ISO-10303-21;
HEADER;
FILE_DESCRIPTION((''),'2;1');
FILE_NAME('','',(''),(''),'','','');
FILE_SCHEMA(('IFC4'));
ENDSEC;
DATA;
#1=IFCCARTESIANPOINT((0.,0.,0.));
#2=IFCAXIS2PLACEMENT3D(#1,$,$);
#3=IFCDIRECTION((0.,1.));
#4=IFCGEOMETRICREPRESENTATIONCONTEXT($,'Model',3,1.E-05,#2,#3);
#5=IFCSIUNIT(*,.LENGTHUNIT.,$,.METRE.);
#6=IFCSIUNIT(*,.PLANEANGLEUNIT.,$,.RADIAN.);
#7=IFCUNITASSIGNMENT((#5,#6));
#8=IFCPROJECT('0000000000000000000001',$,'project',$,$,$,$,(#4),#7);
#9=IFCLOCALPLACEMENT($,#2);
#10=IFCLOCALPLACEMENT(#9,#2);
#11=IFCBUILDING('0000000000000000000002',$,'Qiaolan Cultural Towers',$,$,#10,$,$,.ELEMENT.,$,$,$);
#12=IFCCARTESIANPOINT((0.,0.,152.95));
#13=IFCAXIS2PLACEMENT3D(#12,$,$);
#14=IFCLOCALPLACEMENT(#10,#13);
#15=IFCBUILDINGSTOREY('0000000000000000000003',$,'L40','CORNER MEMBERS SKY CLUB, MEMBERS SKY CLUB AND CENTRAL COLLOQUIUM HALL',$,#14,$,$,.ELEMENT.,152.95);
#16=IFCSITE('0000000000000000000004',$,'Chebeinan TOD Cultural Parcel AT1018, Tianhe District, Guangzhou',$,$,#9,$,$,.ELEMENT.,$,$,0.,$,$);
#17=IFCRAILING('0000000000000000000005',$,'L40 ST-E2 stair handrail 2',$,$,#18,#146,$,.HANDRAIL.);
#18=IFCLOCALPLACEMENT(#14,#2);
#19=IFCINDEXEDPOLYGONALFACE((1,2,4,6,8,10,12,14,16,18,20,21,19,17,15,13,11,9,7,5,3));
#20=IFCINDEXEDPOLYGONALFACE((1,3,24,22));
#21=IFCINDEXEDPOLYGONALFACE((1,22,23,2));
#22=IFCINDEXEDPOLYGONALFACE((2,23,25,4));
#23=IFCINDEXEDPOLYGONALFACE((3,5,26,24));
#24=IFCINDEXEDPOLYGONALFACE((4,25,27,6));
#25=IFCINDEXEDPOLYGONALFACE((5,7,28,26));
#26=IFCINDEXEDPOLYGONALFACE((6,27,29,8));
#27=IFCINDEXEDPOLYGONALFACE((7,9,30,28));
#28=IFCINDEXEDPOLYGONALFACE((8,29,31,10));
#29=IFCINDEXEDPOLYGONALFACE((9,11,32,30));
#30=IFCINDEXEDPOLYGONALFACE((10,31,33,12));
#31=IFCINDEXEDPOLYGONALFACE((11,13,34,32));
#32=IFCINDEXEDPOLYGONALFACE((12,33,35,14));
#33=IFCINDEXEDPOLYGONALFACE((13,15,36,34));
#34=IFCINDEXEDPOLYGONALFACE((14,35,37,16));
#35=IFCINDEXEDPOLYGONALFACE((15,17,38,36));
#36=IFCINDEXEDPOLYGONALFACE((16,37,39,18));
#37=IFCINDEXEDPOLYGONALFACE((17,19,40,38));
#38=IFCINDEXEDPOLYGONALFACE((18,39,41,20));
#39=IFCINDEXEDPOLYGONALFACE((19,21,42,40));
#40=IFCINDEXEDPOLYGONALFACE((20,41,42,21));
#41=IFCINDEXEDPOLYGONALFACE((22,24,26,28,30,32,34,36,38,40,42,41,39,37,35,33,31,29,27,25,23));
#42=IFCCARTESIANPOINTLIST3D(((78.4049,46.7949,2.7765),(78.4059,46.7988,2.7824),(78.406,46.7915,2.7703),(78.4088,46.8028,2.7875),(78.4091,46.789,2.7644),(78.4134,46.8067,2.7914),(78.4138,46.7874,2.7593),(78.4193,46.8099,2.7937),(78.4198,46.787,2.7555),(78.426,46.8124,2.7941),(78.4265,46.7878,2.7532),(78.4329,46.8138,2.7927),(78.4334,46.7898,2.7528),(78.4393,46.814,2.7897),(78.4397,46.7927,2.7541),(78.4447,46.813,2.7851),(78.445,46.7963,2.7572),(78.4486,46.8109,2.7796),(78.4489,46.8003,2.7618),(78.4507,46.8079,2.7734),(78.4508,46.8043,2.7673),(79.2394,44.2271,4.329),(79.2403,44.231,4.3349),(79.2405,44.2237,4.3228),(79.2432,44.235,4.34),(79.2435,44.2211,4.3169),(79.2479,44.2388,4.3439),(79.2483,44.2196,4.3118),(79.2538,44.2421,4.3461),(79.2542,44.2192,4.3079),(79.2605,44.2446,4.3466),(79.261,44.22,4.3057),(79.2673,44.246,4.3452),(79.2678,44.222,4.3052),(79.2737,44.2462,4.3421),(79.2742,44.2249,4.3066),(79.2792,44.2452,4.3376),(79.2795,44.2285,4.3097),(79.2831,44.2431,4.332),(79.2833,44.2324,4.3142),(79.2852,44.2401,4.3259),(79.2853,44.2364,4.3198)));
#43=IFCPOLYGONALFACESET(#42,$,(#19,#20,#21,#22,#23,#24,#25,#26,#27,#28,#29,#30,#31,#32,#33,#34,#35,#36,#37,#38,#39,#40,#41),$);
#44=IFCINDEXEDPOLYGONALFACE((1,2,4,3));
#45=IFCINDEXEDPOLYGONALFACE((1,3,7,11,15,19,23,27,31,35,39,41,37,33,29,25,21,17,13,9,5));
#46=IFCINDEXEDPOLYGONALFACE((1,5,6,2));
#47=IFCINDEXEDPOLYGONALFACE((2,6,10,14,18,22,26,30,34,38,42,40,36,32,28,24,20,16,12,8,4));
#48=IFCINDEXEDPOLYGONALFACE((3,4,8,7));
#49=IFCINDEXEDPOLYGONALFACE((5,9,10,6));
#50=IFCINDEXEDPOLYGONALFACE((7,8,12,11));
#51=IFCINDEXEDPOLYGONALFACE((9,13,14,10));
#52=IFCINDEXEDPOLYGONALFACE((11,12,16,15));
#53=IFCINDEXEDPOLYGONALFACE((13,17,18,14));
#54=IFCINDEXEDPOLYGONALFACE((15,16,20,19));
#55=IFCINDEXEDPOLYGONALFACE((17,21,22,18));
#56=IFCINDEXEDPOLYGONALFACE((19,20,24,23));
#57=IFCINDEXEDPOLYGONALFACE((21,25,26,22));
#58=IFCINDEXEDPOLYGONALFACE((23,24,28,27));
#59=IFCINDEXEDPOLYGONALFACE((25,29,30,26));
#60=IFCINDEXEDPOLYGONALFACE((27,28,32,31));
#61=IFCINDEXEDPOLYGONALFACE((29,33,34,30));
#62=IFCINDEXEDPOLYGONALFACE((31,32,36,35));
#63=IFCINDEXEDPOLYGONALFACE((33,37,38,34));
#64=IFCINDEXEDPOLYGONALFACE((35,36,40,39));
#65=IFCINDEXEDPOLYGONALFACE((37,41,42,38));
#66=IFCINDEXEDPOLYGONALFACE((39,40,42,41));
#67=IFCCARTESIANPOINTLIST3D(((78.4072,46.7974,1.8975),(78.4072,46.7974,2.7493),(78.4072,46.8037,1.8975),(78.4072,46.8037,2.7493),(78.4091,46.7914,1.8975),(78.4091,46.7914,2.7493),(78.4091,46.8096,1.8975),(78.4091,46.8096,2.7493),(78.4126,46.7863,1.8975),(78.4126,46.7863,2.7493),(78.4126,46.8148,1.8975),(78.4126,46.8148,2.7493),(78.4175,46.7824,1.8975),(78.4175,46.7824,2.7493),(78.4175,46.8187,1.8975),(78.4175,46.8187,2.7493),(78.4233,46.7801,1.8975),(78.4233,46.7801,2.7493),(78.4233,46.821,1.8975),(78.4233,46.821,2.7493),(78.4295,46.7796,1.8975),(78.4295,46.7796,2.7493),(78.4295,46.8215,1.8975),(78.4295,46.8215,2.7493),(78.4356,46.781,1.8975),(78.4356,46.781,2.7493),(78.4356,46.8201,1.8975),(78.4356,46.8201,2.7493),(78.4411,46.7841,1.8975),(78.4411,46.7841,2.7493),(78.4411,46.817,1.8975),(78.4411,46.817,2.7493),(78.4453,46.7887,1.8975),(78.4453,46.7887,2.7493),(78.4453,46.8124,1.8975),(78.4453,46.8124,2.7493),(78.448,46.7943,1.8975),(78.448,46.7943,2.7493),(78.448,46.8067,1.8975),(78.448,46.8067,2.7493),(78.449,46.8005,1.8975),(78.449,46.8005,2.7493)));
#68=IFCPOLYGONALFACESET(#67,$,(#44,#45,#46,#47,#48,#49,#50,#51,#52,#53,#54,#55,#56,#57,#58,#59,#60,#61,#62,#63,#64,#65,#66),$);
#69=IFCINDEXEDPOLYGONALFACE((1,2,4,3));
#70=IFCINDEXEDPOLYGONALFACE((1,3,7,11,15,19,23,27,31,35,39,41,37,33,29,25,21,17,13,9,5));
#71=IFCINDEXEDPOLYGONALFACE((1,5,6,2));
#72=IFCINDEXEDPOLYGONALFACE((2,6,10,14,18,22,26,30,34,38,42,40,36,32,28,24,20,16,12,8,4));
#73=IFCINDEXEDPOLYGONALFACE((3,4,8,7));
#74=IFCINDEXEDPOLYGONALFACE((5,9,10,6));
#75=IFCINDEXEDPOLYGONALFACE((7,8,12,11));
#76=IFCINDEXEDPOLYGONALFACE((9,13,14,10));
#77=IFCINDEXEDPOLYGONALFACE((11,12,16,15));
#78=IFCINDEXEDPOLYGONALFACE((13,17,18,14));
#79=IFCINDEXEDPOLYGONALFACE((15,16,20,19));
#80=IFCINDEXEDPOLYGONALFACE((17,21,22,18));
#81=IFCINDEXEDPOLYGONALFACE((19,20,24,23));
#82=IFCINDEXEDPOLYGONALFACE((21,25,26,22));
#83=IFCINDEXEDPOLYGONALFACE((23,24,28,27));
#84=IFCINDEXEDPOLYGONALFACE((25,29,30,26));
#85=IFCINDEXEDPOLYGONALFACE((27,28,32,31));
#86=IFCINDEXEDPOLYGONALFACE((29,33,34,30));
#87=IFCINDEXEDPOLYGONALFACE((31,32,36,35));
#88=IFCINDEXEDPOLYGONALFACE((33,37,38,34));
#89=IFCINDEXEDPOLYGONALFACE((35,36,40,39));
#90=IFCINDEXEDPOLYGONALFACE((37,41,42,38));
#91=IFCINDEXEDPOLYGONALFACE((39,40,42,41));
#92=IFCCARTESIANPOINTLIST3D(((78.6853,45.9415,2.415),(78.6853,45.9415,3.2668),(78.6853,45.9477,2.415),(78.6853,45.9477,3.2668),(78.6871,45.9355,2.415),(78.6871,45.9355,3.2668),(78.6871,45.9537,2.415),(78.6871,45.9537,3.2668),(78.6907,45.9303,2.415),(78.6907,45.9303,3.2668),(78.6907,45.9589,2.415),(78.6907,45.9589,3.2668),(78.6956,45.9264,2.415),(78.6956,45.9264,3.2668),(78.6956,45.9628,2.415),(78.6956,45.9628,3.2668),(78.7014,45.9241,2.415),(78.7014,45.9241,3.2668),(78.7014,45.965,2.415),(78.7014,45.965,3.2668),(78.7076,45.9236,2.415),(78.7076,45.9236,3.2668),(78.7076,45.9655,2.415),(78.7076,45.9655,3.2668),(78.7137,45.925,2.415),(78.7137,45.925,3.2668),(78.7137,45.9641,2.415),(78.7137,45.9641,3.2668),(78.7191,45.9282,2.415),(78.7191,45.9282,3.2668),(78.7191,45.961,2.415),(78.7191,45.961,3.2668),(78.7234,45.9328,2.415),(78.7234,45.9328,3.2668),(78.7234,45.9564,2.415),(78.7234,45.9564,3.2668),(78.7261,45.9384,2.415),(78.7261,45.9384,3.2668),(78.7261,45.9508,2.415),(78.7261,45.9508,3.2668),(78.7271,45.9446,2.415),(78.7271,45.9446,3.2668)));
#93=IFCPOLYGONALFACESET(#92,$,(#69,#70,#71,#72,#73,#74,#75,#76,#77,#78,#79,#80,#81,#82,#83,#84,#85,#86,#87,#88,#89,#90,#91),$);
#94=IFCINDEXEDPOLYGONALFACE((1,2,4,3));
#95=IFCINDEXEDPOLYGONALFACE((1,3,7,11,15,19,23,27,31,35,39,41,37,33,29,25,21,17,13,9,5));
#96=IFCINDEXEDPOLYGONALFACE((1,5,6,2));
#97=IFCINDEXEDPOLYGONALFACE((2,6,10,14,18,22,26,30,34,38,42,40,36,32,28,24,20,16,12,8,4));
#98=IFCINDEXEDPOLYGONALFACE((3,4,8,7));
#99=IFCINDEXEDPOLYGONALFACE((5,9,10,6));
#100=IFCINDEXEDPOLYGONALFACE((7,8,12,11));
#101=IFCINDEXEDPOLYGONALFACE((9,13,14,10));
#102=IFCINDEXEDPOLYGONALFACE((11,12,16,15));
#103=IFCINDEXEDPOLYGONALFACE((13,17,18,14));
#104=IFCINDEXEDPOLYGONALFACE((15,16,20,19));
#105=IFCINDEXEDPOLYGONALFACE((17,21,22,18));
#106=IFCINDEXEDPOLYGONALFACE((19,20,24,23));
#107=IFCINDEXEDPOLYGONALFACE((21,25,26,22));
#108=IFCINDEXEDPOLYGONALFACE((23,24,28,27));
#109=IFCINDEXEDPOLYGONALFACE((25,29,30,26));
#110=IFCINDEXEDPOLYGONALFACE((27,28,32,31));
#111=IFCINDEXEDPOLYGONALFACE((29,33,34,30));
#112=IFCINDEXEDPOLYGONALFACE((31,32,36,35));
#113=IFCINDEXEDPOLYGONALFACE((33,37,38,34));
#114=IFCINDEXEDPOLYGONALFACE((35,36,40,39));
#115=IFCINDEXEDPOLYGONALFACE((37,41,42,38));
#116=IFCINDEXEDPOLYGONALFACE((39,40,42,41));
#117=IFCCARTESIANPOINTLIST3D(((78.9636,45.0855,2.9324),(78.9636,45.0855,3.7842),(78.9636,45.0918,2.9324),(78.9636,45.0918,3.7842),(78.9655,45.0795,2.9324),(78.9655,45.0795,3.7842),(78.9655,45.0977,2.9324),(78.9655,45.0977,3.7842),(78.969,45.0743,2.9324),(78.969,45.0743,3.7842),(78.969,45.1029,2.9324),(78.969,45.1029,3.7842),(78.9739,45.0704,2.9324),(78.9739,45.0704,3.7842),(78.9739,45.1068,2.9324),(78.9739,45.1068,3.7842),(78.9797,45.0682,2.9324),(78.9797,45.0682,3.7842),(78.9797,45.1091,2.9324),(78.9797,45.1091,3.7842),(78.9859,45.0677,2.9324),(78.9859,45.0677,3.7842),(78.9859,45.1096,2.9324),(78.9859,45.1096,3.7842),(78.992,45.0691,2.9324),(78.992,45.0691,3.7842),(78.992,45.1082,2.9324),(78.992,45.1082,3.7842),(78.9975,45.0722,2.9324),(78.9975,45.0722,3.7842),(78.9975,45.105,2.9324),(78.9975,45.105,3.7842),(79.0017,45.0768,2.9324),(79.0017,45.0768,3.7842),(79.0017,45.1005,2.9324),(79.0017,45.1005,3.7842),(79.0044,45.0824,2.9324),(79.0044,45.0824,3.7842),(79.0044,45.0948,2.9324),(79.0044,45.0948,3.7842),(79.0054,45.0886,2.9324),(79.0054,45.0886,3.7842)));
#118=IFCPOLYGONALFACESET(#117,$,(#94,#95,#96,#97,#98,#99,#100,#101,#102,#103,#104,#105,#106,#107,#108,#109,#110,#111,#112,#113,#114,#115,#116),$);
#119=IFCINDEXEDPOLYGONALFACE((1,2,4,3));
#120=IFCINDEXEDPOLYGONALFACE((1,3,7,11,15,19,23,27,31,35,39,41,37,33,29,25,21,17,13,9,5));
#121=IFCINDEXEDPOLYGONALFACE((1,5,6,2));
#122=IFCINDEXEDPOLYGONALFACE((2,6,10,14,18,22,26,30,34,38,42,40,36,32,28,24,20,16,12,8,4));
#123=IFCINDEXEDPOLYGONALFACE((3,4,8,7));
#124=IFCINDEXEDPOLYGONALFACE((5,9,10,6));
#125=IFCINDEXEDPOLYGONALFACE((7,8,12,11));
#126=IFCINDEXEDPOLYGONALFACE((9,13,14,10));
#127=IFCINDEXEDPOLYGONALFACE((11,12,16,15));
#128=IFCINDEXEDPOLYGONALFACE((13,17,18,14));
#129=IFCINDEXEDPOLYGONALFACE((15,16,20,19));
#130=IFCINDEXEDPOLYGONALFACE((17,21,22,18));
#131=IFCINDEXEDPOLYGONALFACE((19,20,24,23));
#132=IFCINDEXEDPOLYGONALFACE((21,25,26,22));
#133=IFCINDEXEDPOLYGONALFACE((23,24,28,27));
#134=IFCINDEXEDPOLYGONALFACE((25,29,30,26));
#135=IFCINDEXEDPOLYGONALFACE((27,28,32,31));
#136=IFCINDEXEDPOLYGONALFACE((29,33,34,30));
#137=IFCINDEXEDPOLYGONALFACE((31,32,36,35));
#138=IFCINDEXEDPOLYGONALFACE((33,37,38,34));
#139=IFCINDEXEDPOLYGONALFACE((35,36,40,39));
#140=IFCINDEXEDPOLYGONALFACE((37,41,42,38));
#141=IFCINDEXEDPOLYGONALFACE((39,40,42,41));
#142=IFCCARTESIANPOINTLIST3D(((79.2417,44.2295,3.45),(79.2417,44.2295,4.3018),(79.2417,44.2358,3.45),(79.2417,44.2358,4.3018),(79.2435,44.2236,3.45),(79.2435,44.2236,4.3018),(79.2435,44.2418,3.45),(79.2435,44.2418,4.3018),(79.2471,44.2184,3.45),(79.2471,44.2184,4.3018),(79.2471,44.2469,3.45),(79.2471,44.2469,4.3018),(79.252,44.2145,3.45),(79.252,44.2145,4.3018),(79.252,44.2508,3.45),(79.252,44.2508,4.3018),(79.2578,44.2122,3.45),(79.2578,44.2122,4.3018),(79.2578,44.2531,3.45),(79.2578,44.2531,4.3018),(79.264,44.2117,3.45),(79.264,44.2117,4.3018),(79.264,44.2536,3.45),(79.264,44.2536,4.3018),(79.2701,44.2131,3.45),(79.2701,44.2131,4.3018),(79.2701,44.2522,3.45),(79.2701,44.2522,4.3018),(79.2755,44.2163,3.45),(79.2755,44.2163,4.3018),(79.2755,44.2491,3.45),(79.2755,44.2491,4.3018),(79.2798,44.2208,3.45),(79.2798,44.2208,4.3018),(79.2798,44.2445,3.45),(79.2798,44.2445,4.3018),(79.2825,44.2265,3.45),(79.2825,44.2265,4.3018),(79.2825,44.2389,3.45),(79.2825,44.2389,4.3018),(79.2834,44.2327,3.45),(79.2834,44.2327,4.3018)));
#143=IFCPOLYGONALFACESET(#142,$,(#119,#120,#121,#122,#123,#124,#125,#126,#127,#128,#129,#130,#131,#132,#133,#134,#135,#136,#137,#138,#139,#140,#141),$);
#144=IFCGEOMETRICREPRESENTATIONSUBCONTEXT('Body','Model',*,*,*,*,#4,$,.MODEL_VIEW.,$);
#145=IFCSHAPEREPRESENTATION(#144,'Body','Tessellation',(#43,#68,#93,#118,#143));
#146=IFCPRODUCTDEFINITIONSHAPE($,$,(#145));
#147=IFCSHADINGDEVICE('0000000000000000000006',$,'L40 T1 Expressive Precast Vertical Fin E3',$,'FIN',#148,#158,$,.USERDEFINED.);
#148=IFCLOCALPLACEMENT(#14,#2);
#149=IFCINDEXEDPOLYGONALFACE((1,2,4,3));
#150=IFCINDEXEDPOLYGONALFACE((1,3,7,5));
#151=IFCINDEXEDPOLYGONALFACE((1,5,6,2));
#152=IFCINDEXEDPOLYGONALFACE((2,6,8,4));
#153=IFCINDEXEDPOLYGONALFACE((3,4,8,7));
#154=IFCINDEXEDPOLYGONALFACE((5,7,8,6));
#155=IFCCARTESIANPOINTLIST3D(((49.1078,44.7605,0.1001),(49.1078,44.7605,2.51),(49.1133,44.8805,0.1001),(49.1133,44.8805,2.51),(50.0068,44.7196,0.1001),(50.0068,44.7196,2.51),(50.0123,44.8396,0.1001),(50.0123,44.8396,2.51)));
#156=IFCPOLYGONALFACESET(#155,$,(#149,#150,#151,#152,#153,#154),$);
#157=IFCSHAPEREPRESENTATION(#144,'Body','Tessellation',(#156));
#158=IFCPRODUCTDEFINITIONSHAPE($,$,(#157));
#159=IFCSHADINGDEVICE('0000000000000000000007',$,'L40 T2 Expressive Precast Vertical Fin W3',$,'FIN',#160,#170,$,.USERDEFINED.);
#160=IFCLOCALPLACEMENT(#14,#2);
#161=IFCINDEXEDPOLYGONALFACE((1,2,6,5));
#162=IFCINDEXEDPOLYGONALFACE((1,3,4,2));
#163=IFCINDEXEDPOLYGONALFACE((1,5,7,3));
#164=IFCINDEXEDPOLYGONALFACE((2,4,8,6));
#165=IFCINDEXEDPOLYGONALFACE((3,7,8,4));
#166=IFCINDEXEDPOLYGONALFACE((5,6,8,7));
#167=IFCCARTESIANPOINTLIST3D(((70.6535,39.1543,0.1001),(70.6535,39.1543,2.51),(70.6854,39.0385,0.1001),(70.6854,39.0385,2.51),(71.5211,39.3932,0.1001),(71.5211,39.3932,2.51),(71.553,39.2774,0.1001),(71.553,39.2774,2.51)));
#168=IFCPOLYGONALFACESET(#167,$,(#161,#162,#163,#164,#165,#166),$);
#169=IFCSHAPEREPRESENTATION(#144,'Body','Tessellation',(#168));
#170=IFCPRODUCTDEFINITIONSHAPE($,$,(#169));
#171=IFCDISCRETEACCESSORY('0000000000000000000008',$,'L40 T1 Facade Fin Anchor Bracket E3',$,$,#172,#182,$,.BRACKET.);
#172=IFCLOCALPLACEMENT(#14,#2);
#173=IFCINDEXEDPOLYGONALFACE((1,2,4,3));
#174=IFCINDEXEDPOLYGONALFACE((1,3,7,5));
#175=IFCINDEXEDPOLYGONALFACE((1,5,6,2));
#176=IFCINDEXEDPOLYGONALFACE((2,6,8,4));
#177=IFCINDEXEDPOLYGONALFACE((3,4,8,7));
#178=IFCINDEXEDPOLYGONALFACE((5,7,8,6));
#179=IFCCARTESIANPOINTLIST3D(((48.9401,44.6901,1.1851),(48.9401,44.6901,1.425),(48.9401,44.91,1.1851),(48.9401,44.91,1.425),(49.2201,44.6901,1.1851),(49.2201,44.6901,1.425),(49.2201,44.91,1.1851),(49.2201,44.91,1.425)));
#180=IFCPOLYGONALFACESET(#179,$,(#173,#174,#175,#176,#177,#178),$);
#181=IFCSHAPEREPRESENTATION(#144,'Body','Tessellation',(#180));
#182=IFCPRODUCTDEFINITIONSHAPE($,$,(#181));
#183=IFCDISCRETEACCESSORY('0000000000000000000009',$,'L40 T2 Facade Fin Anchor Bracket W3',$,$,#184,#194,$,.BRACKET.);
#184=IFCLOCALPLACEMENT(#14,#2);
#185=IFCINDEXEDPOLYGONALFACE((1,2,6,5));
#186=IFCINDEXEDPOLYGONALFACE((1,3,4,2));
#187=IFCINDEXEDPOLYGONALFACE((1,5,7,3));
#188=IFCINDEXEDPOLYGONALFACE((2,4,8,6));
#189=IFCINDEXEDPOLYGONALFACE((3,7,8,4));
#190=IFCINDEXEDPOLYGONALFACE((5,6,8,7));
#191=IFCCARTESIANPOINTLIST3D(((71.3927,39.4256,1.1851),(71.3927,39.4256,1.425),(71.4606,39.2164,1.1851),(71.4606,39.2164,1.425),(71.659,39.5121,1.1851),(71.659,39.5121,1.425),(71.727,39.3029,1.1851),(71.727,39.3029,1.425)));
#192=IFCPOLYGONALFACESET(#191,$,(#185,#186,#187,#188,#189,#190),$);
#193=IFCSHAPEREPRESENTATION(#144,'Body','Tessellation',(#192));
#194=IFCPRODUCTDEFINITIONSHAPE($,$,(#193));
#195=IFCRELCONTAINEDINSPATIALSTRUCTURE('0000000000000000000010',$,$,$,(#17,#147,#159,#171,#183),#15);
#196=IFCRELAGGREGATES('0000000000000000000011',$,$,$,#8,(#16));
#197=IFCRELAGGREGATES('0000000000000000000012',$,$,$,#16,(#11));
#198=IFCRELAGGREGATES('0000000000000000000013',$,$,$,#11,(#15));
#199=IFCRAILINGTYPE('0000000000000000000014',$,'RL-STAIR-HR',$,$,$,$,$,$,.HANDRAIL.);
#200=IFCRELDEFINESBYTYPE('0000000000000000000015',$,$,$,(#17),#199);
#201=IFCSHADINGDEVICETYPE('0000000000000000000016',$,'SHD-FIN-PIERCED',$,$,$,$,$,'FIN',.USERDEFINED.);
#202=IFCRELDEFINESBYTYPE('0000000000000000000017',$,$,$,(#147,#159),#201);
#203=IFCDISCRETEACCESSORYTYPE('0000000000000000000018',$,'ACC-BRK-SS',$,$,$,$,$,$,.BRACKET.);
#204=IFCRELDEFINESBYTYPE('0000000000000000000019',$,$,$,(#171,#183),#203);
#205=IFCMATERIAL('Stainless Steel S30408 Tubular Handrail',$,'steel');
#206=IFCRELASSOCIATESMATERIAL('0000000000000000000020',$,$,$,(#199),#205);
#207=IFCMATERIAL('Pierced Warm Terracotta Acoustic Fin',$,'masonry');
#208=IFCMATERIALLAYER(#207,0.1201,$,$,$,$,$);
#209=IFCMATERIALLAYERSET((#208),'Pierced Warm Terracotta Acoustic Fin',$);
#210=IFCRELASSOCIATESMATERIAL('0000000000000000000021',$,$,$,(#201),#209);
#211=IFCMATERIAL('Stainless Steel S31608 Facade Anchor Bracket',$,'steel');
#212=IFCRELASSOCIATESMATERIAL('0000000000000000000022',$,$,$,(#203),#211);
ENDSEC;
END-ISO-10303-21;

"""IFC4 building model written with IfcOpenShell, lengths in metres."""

from ifc_helpers import new_model, si_unit, direction, frame, origin, origin_2d, place, context, subcontext, project, spatial, rectangle, circle, extrude, material, layer, layer_set, type_object, element, save


model = new_model("IFC4")

# Units and contexts
model_context = context("Model", 3, precision=1e-05, world=origin(), true_north=direction((0.0, 1.0)))
body_context = subcontext(model_context, "Body", "Model", "MODEL_VIEW")
ifc_project = project(units=[si_unit("LENGTHUNIT", "METRE"), si_unit("PLANEANGLEUNIT", "RADIAN")], contexts=[model_context])

# Site, building, storey
site_placement = place(None, origin())
site = spatial("IfcSite", under=ifc_project, at=site_placement, Name="Chebeinan TOD Cultural Parcel AT1018, Tianhe District, Guangzhou", CompositionType="ELEMENT", RefElevation=0.0)
building_placement = place(site_placement, origin())
building = spatial("IfcBuilding", under=site, at=building_placement, Name="Qiaolan Cultural Towers", CompositionType="ELEMENT")
storey_placement = place(building_placement, frame((0.0, 0.0, 152.95)))
storey = spatial("IfcBuildingStorey", under=building, at=storey_placement, Name="L40", Description="CORNER MEMBERS SKY CLUB, MEMBERS SKY CLUB AND CENTRAL COLLOQUIUM HALL", CompositionType="ELEMENT", Elevation=152.95)

# Railing
ifc_material_1 = material(Name="Stainless Steel S30408 Tubular Handrail", Category="steel")
railing_type_1 = type_object("IfcRailingType", Name="RL-STAIR-HR", PredefinedType="HANDRAIL", material=ifc_material_1)
railing_1_placement = place(storey_placement, frame((78.428, 46.8005, 1.8975)))
element("IfcRailing", 1, at=railing_1_placement, inside=storey, type_object=railing_type_1, Name="L40 ST-E2 stair handrail 2", PredefinedType="HANDRAIL", context=body_context, shape_type="SweptSolid", body=[
    extrude(circle(Radius=0.0239, at=origin_2d()), frame((0.0, 0.0, 0.876), z_axis=(0.267926, -0.824471, 0.498461), x_axis=(0.951043, 0.309057, 0.0)), (0.0, 0.0, 1.0), 3.1145),
    extrude(circle(Radius=0.021, at=origin_2d()), origin(), (0.0, 0.0, 1.0), 0.8518),
    extrude(circle(Radius=0.021, at=origin_2d()), frame((0.2781, -0.856, 0.5176)), (0.0, 0.0, 1.0), 0.8518),
    extrude(circle(Radius=0.021, at=origin_2d()), frame((0.5564, -1.7119, 1.0349)), (0.0, 0.0, 1.0), 0.8518),
    extrude(circle(Radius=0.021, at=origin_2d()), frame((0.8345, -2.5679, 1.5525)), (0.0, 0.0, 1.0), 0.8518),
])

# Shading devices
ifc_material_2 = material(Name="Pierced Warm Terracotta Acoustic Fin", Category="masonry")
ifc_layer_1 = layer(ifc_material_2, 0.1201)
ifc_layer_set_1 = layer_set([ifc_layer_1], Name="Pierced Warm Terracotta Acoustic Fin")
shading_device_type = type_object("IfcShadingDeviceType", Name="SHD-FIN-PIERCED", ElementType="FIN", PredefinedType="USERDEFINED", material=ifc_layer_set_1)
for number, where, z_axis, x_axis, name in (
    (2, (49.5601, 44.8, 0.1001), (0.0, 0.0, 1.0), (0.998967, -0.045445, 0.0), "L40 T1 Expressive Precast Vertical Fin E3"),
    (3, (71.1033, 39.2158, 0.1001), (0.0, 0.0, 1.0), (0.964117, 0.265477, 0.0), "L40 T2 Expressive Precast Vertical Fin W3"),
):
    element("IfcShadingDevice", number, at=place(storey_placement, frame(where, z_axis=z_axis, x_axis=x_axis)), inside=storey, type_object=shading_device_type, Name=name, ObjectType="FIN", PredefinedType="USERDEFINED", context=body_context, shape_type="SweptSolid", body=[
        extrude(rectangle(XDim=0.8999, YDim=0.1201, at=origin_2d()), origin(), (0.0, 0.0, 1.0), 2.4099),
    ])

# Discrete accessories
ifc_material_3 = material(Name="Stainless Steel S31608 Facade Anchor Bracket", Category="steel")
discrete_accessory_type = type_object("IfcDiscreteAccessoryType", Name="ACC-BRK-SS", PredefinedType="BRACKET", material=ifc_material_3)
for number, where, z_axis, x_axis, name in (
    (4, (49.0801, 44.8, 1.1851), (0.0, 0.0, 1.0), (1.0, 0.0, 0.0), "L40 T1 Facade Fin Anchor Bracket E3"),
    (5, (71.5598, 39.3643, 1.1851), (0.0, 0.0, 1.0), (0.951057, 0.309017, 0.0), "L40 T2 Facade Fin Anchor Bracket W3"),
):
    element("IfcDiscreteAccessory", number, at=place(storey_placement, frame(where, z_axis=z_axis, x_axis=x_axis)), inside=storey, type_object=discrete_accessory_type, Name=name, PredefinedType="BRACKET", context=body_context, shape_type="SweptSolid", body=[
        extrude(rectangle(XDim=0.28, YDim=0.22, at=origin_2d()), origin(), (0.0, 0.0, 1.0), 0.24),
    ])

save(model, "model.ifc")
